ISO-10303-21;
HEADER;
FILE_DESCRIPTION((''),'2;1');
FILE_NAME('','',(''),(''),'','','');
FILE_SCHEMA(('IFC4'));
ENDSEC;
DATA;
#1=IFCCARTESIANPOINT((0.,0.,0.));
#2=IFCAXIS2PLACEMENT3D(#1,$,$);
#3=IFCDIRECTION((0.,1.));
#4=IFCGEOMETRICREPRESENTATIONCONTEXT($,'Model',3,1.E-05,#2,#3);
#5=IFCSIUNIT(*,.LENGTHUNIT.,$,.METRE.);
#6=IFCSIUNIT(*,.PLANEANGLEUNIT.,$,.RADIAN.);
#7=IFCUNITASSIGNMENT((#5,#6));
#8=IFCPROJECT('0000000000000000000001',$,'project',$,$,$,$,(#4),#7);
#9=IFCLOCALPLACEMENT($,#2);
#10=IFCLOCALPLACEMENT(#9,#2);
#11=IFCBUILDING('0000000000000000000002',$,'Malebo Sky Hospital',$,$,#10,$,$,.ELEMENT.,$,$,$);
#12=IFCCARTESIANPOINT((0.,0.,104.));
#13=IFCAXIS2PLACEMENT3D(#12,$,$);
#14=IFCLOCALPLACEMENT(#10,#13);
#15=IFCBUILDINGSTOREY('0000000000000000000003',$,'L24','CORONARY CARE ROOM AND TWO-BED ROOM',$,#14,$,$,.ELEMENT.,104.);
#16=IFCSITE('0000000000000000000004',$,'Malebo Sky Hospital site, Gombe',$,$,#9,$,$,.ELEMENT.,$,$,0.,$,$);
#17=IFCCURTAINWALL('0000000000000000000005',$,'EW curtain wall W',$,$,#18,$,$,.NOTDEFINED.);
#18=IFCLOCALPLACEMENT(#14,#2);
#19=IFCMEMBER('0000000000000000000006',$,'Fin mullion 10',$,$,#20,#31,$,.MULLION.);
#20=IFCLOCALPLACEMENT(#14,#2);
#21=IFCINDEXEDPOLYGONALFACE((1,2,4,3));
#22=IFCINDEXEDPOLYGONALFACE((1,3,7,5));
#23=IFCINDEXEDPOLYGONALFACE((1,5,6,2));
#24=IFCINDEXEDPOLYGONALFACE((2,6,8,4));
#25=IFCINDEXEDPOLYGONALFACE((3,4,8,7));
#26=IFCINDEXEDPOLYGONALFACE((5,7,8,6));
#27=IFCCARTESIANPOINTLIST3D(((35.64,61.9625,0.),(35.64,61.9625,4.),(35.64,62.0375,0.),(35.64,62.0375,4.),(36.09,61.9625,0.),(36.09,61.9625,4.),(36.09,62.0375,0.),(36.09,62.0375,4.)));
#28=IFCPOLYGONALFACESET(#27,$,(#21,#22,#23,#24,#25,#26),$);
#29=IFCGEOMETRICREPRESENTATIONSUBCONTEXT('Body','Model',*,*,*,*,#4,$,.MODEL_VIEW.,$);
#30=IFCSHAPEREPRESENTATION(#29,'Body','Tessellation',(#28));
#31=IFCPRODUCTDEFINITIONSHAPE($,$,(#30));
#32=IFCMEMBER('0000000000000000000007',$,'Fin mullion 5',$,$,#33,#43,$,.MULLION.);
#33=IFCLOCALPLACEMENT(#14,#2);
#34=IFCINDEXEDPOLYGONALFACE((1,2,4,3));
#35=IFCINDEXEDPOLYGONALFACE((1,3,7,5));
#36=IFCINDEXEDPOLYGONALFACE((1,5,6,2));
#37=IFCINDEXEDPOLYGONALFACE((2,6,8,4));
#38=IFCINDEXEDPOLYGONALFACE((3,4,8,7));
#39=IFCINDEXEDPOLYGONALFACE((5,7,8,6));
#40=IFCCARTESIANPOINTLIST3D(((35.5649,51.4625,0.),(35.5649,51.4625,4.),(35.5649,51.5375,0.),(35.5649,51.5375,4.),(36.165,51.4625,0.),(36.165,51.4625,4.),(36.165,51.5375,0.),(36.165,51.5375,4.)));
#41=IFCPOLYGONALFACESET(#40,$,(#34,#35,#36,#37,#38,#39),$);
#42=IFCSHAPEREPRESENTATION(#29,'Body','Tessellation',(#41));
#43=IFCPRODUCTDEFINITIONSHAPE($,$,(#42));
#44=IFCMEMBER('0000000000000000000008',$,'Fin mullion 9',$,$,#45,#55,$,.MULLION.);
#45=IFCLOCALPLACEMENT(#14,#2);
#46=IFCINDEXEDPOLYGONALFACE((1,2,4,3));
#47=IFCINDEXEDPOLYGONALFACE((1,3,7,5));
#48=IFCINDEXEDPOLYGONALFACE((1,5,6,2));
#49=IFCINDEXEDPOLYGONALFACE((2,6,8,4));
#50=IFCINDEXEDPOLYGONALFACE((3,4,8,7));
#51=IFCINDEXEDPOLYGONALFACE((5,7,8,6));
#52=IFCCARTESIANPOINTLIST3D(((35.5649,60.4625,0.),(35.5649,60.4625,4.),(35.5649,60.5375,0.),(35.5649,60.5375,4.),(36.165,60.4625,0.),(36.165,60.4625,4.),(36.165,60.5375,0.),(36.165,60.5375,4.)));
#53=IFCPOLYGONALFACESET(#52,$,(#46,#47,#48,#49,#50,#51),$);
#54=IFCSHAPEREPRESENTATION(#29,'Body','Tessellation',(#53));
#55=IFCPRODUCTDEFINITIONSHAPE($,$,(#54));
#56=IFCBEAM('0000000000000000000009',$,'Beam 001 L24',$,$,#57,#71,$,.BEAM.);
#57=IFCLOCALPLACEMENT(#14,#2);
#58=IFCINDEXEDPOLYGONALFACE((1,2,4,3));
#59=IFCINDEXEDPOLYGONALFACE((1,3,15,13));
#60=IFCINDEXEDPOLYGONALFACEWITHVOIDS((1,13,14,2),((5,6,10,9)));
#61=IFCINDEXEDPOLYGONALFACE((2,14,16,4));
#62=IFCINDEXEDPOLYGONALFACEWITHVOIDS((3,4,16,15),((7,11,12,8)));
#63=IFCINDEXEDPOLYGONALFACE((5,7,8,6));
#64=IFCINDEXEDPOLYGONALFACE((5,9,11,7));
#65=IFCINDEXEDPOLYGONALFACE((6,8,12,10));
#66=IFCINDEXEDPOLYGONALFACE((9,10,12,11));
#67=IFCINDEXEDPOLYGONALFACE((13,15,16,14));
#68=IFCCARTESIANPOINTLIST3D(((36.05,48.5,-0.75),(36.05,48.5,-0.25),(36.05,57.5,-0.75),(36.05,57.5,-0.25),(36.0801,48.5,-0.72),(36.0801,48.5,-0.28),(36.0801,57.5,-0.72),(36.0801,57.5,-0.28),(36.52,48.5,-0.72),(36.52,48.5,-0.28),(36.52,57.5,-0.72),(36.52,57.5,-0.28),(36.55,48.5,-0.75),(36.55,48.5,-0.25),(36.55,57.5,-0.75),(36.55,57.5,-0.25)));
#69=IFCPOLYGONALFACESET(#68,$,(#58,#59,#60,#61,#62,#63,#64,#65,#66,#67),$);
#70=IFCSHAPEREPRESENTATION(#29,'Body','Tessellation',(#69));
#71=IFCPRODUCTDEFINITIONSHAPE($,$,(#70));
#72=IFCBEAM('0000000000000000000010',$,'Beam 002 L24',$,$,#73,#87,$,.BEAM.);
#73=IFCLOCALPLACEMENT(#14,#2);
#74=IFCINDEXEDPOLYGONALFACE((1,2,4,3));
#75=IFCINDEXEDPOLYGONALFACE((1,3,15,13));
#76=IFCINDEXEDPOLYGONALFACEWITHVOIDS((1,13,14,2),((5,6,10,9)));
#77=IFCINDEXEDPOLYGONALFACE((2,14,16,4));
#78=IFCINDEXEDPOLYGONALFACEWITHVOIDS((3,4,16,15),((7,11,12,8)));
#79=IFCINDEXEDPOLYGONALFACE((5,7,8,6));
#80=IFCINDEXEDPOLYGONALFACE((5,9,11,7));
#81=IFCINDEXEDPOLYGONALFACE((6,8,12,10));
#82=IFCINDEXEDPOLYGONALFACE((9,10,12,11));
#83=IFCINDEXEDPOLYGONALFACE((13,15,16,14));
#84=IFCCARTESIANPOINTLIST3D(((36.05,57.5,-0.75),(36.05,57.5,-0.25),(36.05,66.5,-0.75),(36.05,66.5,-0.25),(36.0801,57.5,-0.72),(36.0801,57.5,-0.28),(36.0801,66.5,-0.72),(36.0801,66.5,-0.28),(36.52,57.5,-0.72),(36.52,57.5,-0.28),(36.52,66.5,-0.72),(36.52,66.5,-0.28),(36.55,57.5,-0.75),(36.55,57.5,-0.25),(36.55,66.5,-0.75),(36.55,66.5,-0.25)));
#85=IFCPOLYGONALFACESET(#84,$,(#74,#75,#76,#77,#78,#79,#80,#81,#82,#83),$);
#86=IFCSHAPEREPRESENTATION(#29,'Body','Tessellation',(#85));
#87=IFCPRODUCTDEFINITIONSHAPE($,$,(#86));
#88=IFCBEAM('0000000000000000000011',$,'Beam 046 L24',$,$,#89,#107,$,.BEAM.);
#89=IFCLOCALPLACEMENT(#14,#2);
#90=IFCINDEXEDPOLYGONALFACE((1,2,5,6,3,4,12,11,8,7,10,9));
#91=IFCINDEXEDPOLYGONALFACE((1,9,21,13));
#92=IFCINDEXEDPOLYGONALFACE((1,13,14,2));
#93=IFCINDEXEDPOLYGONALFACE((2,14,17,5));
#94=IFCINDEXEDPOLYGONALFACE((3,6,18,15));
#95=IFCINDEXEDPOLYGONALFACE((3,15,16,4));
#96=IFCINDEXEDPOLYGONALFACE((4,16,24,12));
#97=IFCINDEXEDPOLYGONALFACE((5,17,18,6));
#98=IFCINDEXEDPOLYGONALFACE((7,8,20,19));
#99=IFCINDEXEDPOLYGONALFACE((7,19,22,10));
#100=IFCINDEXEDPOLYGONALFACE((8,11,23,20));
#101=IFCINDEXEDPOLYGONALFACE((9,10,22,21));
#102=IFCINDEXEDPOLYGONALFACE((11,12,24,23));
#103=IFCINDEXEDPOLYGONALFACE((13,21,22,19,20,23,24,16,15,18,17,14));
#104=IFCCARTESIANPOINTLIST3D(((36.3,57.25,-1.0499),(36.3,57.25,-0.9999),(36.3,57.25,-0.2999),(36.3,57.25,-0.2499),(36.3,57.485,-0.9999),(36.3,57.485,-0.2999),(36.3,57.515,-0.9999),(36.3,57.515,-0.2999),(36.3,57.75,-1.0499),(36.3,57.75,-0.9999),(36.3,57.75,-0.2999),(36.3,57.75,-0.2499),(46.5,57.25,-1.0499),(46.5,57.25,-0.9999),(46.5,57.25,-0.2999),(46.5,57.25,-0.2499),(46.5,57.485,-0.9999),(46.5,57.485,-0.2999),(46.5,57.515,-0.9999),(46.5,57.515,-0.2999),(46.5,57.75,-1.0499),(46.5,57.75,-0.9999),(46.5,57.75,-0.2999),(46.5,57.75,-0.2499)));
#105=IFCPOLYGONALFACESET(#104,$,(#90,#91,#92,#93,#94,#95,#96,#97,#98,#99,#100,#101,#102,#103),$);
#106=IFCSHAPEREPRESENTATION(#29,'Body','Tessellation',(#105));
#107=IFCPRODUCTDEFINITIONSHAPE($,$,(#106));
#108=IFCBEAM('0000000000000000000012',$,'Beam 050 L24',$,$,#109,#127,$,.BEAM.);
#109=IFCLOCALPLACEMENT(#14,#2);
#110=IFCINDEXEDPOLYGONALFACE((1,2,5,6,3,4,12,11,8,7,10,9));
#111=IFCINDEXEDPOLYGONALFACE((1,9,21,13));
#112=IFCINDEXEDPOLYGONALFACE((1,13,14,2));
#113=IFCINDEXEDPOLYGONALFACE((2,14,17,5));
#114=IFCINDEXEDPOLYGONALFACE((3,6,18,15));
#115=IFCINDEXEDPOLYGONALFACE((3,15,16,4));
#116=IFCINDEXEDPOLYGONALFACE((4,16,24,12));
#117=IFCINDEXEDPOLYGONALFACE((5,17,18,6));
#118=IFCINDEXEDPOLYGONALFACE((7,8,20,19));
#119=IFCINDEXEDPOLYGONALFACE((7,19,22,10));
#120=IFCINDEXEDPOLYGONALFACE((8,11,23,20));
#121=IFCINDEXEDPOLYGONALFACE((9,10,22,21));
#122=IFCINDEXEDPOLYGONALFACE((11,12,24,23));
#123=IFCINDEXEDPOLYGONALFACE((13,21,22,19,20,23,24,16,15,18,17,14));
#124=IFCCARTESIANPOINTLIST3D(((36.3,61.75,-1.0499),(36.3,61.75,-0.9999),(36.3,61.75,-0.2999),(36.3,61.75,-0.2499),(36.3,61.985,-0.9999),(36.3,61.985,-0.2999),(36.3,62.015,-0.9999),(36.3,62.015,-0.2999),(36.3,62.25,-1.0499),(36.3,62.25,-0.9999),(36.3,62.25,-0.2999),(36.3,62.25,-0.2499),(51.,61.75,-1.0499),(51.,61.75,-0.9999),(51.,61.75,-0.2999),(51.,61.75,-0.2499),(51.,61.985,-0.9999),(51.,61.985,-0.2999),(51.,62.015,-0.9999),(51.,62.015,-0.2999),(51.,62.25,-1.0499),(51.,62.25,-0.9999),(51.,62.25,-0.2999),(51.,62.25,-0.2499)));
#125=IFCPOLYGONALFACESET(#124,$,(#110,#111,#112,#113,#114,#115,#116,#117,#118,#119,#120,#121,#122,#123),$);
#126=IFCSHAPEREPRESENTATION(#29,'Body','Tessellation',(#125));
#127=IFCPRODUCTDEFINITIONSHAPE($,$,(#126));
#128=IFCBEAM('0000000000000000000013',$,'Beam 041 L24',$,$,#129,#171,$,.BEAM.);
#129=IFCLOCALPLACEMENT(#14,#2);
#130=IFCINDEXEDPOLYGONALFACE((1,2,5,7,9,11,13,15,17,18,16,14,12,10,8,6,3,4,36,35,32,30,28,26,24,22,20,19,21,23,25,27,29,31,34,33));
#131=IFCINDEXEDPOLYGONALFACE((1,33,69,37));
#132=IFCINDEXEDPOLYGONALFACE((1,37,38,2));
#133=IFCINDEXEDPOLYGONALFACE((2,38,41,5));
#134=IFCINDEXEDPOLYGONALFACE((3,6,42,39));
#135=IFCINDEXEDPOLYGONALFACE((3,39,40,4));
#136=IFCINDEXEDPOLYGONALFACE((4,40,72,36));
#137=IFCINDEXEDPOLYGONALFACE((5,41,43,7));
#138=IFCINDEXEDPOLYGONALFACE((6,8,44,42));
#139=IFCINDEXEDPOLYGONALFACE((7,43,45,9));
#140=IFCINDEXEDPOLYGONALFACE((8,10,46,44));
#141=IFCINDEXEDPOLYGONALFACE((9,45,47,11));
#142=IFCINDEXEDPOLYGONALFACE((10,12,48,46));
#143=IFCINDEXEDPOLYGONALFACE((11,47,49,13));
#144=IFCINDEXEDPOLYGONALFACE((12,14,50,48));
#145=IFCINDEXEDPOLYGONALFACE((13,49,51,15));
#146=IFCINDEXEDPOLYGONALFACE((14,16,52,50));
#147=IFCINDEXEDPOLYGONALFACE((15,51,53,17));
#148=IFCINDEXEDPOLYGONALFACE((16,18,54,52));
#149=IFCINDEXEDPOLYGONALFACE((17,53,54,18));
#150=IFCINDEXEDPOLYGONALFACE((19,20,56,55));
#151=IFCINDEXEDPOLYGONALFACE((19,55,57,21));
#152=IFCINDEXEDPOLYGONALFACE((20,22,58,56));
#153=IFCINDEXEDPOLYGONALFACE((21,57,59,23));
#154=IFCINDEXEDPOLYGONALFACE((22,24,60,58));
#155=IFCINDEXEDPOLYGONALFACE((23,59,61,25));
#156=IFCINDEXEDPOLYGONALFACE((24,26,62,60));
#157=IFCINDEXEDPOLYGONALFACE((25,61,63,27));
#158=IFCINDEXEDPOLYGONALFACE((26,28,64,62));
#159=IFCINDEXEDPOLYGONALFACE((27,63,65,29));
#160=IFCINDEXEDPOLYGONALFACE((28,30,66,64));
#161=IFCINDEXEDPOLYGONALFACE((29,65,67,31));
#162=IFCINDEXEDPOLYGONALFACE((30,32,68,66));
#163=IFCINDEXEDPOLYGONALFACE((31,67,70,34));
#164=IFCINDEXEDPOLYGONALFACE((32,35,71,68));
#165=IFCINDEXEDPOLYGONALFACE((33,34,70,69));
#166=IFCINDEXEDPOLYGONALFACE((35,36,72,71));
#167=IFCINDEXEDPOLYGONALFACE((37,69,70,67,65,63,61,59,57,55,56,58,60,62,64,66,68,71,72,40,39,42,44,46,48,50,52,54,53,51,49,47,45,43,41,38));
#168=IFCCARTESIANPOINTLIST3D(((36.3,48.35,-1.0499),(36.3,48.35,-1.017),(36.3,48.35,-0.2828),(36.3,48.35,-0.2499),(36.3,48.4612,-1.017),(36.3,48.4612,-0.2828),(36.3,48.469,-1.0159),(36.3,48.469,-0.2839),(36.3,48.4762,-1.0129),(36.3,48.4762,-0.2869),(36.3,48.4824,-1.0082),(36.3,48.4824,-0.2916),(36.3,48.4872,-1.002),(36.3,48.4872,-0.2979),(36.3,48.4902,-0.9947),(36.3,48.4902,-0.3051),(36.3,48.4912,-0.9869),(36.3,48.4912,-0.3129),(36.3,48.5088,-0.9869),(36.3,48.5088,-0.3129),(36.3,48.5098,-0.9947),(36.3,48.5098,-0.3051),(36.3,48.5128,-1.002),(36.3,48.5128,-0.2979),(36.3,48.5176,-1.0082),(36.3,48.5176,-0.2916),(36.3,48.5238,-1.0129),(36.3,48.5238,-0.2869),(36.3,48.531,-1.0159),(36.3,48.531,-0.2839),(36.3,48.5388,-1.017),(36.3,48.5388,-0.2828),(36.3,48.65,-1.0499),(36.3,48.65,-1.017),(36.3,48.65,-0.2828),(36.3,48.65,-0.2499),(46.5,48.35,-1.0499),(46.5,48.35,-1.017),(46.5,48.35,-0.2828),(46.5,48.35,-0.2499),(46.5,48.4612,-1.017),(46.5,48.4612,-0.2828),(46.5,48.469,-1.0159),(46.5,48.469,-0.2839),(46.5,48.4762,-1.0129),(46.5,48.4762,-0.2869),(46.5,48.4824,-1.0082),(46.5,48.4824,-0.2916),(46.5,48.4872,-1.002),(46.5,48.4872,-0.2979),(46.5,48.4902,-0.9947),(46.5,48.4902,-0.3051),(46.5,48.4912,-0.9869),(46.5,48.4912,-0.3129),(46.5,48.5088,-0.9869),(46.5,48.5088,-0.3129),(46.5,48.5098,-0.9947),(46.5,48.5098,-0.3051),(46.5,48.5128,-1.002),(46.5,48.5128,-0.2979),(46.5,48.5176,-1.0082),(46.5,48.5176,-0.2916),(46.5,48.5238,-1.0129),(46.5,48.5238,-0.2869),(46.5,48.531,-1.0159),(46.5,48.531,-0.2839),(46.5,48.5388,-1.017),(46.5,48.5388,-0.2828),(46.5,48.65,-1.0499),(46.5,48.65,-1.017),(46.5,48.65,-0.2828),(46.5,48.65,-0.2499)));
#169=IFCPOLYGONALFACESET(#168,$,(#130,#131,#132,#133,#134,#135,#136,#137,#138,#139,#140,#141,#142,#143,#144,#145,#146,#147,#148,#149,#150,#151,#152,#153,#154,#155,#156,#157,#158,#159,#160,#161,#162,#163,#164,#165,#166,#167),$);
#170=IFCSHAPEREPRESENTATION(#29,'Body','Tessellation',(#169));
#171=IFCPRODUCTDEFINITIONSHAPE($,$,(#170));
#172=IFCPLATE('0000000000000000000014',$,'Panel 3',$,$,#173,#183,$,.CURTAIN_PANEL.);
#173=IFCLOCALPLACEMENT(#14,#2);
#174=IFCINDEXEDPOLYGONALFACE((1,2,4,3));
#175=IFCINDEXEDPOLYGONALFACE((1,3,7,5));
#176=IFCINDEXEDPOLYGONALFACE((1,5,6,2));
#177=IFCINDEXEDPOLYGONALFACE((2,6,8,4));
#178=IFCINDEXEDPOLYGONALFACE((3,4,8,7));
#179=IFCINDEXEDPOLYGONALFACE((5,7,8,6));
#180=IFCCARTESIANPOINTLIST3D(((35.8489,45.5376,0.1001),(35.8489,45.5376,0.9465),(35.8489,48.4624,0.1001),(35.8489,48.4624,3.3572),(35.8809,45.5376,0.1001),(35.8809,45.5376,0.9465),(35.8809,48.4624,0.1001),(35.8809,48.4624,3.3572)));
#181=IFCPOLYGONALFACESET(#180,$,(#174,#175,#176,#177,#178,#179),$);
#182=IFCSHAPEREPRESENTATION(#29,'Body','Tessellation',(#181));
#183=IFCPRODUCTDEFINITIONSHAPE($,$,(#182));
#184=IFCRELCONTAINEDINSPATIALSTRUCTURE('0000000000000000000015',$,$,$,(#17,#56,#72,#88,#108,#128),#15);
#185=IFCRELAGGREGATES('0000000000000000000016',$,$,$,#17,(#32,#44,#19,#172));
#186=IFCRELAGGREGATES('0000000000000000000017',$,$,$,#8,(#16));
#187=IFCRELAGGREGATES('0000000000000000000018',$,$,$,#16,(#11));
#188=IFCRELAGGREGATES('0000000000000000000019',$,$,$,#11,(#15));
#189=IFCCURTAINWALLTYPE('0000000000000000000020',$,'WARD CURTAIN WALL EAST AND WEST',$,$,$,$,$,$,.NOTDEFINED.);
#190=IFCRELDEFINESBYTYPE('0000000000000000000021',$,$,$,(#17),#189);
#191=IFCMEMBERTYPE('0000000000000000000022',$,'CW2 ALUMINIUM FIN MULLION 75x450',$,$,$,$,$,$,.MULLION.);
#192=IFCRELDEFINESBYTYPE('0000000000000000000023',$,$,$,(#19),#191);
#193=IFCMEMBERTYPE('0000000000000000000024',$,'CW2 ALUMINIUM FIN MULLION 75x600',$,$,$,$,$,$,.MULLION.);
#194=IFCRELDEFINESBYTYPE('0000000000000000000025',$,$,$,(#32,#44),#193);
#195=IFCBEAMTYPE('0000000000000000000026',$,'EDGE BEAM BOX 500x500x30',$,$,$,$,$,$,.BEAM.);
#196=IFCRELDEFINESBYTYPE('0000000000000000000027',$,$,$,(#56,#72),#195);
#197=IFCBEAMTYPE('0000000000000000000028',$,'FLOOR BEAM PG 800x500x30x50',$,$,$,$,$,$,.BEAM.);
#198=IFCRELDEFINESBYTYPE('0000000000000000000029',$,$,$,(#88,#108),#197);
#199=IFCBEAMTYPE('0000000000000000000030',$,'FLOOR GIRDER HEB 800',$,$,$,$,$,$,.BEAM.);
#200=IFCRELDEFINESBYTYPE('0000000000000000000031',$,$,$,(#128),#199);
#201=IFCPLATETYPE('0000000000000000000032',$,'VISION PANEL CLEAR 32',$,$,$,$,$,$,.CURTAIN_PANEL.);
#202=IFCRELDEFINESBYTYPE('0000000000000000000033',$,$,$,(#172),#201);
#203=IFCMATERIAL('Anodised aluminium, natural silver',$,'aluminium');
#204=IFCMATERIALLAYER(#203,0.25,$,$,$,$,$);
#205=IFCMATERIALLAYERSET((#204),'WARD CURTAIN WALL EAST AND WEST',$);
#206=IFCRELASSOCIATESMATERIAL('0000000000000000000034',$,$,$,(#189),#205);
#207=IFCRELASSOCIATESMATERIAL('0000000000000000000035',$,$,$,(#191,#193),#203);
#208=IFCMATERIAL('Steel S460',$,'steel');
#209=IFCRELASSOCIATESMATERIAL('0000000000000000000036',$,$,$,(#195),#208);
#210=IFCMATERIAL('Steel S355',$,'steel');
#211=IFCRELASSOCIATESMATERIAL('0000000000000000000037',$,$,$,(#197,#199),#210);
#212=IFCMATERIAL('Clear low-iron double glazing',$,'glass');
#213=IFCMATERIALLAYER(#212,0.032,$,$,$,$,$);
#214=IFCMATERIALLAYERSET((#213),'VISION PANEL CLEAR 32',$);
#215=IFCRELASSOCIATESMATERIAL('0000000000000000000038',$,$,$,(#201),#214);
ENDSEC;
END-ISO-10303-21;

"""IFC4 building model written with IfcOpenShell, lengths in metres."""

from ifc_helpers import new_model, si_unit, direction, frame, origin, origin_2d, place, context, subcontext, project, spatial, polyline, rectangle, hollow_rectangle, i_section, outline, extrude, material, layer, layer_set, material_profile, profile_set, type_object, element, aggregate, save


model = new_model("IFC4")

# Units and contexts
model_context = context("Model", 3, precision=1e-05, world=origin(), true_north=direction((0.0, 1.0)))
body_context = subcontext(model_context, "Body", "Model", "MODEL_VIEW")
ifc_project = project(units=[si_unit("LENGTHUNIT", "METRE"), si_unit("PLANEANGLEUNIT", "RADIAN")], contexts=[model_context])

# Site, building, storey
site_placement = place(None, origin())
site = spatial("IfcSite", under=ifc_project, at=site_placement, Name="Malebo Sky Hospital site, Gombe", CompositionType="ELEMENT", RefElevation=0.0)
building_placement = place(site_placement, origin())
building = spatial("IfcBuilding", under=site, at=building_placement, Name="Malebo Sky Hospital", CompositionType="ELEMENT")
storey_placement = place(building_placement, frame((0.0, 0.0, 104.0)))
storey = spatial("IfcBuildingStorey", under=building, at=storey_placement, Name="L24", Description="CORONARY CARE ROOM AND TWO-BED ROOM", CompositionType="ELEMENT", Elevation=104.0)

# Shared definitions
ifc_material_1 = material(Name="Steel S460", Category="steel")

# Curtain wall, members
ifc_material_2 = material(Name="Anodised aluminium, natural silver", Category="aluminium")
ifc_layer_1 = layer(ifc_material_2, 0.25)
ifc_layer_set_1 = layer_set([ifc_layer_1], Name="WARD CURTAIN WALL EAST AND WEST")
curtain_wall_type = type_object("IfcCurtainWallType", Name="WARD CURTAIN WALL EAST AND WEST", PredefinedType="NOTDEFINED", material=ifc_layer_set_1)
curtain_wall_placement = place(storey_placement, origin())
curtain_wall = element("IfcCurtainWall", 1, at=curtain_wall_placement, inside=storey, type_object=curtain_wall_type, Name="EW curtain wall W", PredefinedType="NOTDEFINED")
ifc_material_profile_1 = material_profile(ifc_material_2, rectangle(XDim=0.075, YDim=0.45, at=origin_2d()), Name="CW2 ALUMINIUM FIN MULLION 75x450")
ifc_profile_set_1 = profile_set([ifc_material_profile_1], Name="Anodised aluminium, natural silver")
member_type_1 = type_object("IfcMemberType", Name="CW2 ALUMINIUM FIN MULLION 75x450", PredefinedType="MULLION", material=ifc_profile_set_1)
member_1_placement = place(storey_placement, frame((35.865, 62.0, 0.0), z_axis=(0.0, 0.0, 1.0), x_axis=(0.0, 1.0, 0.0)))
member_1 = element("IfcMember", 2, at=member_1_placement, type_object=member_type_1, Name="Fin mullion 10", PredefinedType="MULLION", context=body_context, shape_type="SweptSolid", body=[
    extrude(rectangle(XDim=0.075, YDim=0.45, at=origin_2d()), origin(), (0.0, 0.0, 1.0), 4.0),
])
ifc_material_profile_2 = material_profile(ifc_material_2, rectangle(XDim=0.075, YDim=0.6001, at=origin_2d()), Name="CW2 ALUMINIUM FIN MULLION 75x600")
ifc_profile_set_2 = profile_set([ifc_material_profile_2], Name="Anodised aluminium, natural silver")
member_type_2 = type_object("IfcMemberType", Name="CW2 ALUMINIUM FIN MULLION 75x600", PredefinedType="MULLION", material=ifc_profile_set_2)
member_2_placement = place(storey_placement, frame((35.865, 51.5, 0.0), z_axis=(0.0, 0.0, 1.0), x_axis=(0.0, 1.0, 0.0)))
member_2 = element("IfcMember", 3, at=member_2_placement, type_object=member_type_2, Name="Fin mullion 5", PredefinedType="MULLION", context=body_context, shape_type="SweptSolid", body=[
    extrude(rectangle(XDim=0.075, YDim=0.6001, at=origin_2d()), origin(), (0.0, 0.0, 1.0), 4.0),
])
member_3_placement = place(storey_placement, frame((35.865, 60.5, 0.0), z_axis=(0.0, 0.0, 1.0), x_axis=(0.0, 1.0, 0.0)))
member_3 = element("IfcMember", 4, at=member_3_placement, type_object=member_type_2, Name="Fin mullion 9", PredefinedType="MULLION", context=body_context, shape_type="SweptSolid", body=[
    extrude(rectangle(XDim=0.075, YDim=0.6001, at=origin_2d()), origin(), (0.0, 0.0, 1.0), 4.0),
])

# Beams
ifc_material_profile_3 = material_profile(ifc_material_1, hollow_rectangle(XDim=0.5, YDim=0.5, WallThickness=0.03, at=origin_2d()), Name="BOX 500x500x30")
ifc_profile_set_3 = profile_set([ifc_material_profile_3], Name="Steel S460")
beam_type_1 = type_object("IfcBeamType", Name="EDGE BEAM BOX 500x500x30", PredefinedType="BEAM", material=ifc_profile_set_3)
for number, where, z_axis, x_axis, name in (
    (5, (36.3, 48.5, -0.5), (0.0, 1.0, 0.0), (-1.0, 0.0, 0.0), "Beam 001 L24"),
    (6, (36.3, 57.5, -0.5), (0.0, 1.0, 0.0), (-1.0, 0.0, 0.0), "Beam 002 L24"),
):
    element("IfcBeam", number, at=place(storey_placement, frame(where, z_axis=z_axis, x_axis=x_axis)), inside=storey, type_object=beam_type_1, Name=name, PredefinedType="BEAM", context=body_context, shape_type="SweptSolid", body=[
        extrude(hollow_rectangle(XDim=0.5, YDim=0.5, WallThickness=0.03, at=origin_2d()), origin(), (0.0, 0.0, 1.0), 9.0),
    ])
ifc_material_3 = material(Name="Steel S355", Category="steel")
ifc_material_profile_4 = material_profile(ifc_material_3, i_section(OverallWidth=0.5, OverallDepth=0.8, WebThickness=0.03, FlangeThickness=0.05, at=origin_2d()), Name="PG 800x500x30x50")
ifc_profile_set_4 = profile_set([ifc_material_profile_4], Name="Steel S355")
beam_type_2 = type_object("IfcBeamType", Name="FLOOR BEAM PG 800x500x30x50", PredefinedType="BEAM", material=ifc_profile_set_4)
beam_1_placement = place(storey_placement, frame((36.3, 57.5, -0.6499), z_axis=(1.0, 0.0, 0.0), x_axis=(0.0, 1.0, 0.0)))
element("IfcBeam", 7, at=beam_1_placement, inside=storey, type_object=beam_type_2, Name="Beam 046 L24", PredefinedType="BEAM", context=body_context, shape_type="SweptSolid", body=[
    extrude(i_section(OverallWidth=0.5, OverallDepth=0.8, WebThickness=0.03, FlangeThickness=0.05, at=origin_2d()), origin(), (0.0, 0.0, 1.0), 10.2),
])
beam_2_placement = place(storey_placement, frame((36.3, 62.0, -0.6499), z_axis=(1.0, 0.0, 0.0), x_axis=(0.0, 1.0, 0.0)))
element("IfcBeam", 8, at=beam_2_placement, inside=storey, type_object=beam_type_2, Name="Beam 050 L24", PredefinedType="BEAM", context=body_context, shape_type="SweptSolid", body=[
    extrude(i_section(OverallWidth=0.5, OverallDepth=0.8, WebThickness=0.03, FlangeThickness=0.05, at=origin_2d()), origin(), (0.0, 0.0, 1.0), 14.7),
])
ifc_material_profile_5 = material_profile(ifc_material_3, i_section(OverallWidth=0.3, OverallDepth=0.8, WebThickness=0.0176, FlangeThickness=0.033, FilletRadius=0.03, at=origin_2d()), Name="HEB 800")
ifc_profile_set_5 = profile_set([ifc_material_profile_5], Name="Steel S355")
beam_type_3 = type_object("IfcBeamType", Name="FLOOR GIRDER HEB 800", PredefinedType="BEAM", material=ifc_profile_set_5)
beam_3_placement = place(storey_placement, frame((36.3, 48.5, -0.6499), z_axis=(1.0, 0.0, 0.0), x_axis=(0.0, 1.0, 0.0)))
element("IfcBeam", 9, at=beam_3_placement, inside=storey, type_object=beam_type_3, Name="Beam 041 L24", PredefinedType="BEAM", context=body_context, shape_type="SweptSolid", body=[
    extrude(i_section(OverallWidth=0.3, OverallDepth=0.8, WebThickness=0.0176, FlangeThickness=0.033, FilletRadius=0.03, at=origin_2d()), origin(), (0.0, 0.0, 1.0), 10.2),
])

# Plate
ifc_material_4 = material(Name="Clear low-iron double glazing", Category="glass")
ifc_layer_2 = layer(ifc_material_4, 0.032)
ifc_layer_set_2 = layer_set([ifc_layer_2], Name="VISION PANEL CLEAR 32")
plate_type = type_object("IfcPlateType", Name="VISION PANEL CLEAR 32", PredefinedType="CURTAIN_PANEL", material=ifc_layer_set_2)
plate_1_placement = place(storey_placement, frame((35.865, 47.0, 0.1001), z_axis=(0.0, 0.0, 1.0), x_axis=(0.0, 1.0, 0.0)))
plate_1 = element("IfcPlate", 10, at=plate_1_placement, type_object=plate_type, Name="Panel 3", PredefinedType="CURTAIN_PANEL", context=body_context, shape_type="SweptSolid", body=[
    extrude(outline(polyline([(-1.4624, 0.0), (1.4624, 0.0), (1.4624, 3.2571), (-1.4624, 0.8464), (-1.4624, 0.0)])), frame((0.0, 0.0161, 0.0), z_axis=(0.0, -1.0, 0.0), x_axis=(1.0, 0.0, 0.0)), (0.0, 0.0, 1.0), 0.032),
])
aggregate(curtain_wall, [member_2, member_3, member_1, plate_1])

save(model, "model.ifc")
